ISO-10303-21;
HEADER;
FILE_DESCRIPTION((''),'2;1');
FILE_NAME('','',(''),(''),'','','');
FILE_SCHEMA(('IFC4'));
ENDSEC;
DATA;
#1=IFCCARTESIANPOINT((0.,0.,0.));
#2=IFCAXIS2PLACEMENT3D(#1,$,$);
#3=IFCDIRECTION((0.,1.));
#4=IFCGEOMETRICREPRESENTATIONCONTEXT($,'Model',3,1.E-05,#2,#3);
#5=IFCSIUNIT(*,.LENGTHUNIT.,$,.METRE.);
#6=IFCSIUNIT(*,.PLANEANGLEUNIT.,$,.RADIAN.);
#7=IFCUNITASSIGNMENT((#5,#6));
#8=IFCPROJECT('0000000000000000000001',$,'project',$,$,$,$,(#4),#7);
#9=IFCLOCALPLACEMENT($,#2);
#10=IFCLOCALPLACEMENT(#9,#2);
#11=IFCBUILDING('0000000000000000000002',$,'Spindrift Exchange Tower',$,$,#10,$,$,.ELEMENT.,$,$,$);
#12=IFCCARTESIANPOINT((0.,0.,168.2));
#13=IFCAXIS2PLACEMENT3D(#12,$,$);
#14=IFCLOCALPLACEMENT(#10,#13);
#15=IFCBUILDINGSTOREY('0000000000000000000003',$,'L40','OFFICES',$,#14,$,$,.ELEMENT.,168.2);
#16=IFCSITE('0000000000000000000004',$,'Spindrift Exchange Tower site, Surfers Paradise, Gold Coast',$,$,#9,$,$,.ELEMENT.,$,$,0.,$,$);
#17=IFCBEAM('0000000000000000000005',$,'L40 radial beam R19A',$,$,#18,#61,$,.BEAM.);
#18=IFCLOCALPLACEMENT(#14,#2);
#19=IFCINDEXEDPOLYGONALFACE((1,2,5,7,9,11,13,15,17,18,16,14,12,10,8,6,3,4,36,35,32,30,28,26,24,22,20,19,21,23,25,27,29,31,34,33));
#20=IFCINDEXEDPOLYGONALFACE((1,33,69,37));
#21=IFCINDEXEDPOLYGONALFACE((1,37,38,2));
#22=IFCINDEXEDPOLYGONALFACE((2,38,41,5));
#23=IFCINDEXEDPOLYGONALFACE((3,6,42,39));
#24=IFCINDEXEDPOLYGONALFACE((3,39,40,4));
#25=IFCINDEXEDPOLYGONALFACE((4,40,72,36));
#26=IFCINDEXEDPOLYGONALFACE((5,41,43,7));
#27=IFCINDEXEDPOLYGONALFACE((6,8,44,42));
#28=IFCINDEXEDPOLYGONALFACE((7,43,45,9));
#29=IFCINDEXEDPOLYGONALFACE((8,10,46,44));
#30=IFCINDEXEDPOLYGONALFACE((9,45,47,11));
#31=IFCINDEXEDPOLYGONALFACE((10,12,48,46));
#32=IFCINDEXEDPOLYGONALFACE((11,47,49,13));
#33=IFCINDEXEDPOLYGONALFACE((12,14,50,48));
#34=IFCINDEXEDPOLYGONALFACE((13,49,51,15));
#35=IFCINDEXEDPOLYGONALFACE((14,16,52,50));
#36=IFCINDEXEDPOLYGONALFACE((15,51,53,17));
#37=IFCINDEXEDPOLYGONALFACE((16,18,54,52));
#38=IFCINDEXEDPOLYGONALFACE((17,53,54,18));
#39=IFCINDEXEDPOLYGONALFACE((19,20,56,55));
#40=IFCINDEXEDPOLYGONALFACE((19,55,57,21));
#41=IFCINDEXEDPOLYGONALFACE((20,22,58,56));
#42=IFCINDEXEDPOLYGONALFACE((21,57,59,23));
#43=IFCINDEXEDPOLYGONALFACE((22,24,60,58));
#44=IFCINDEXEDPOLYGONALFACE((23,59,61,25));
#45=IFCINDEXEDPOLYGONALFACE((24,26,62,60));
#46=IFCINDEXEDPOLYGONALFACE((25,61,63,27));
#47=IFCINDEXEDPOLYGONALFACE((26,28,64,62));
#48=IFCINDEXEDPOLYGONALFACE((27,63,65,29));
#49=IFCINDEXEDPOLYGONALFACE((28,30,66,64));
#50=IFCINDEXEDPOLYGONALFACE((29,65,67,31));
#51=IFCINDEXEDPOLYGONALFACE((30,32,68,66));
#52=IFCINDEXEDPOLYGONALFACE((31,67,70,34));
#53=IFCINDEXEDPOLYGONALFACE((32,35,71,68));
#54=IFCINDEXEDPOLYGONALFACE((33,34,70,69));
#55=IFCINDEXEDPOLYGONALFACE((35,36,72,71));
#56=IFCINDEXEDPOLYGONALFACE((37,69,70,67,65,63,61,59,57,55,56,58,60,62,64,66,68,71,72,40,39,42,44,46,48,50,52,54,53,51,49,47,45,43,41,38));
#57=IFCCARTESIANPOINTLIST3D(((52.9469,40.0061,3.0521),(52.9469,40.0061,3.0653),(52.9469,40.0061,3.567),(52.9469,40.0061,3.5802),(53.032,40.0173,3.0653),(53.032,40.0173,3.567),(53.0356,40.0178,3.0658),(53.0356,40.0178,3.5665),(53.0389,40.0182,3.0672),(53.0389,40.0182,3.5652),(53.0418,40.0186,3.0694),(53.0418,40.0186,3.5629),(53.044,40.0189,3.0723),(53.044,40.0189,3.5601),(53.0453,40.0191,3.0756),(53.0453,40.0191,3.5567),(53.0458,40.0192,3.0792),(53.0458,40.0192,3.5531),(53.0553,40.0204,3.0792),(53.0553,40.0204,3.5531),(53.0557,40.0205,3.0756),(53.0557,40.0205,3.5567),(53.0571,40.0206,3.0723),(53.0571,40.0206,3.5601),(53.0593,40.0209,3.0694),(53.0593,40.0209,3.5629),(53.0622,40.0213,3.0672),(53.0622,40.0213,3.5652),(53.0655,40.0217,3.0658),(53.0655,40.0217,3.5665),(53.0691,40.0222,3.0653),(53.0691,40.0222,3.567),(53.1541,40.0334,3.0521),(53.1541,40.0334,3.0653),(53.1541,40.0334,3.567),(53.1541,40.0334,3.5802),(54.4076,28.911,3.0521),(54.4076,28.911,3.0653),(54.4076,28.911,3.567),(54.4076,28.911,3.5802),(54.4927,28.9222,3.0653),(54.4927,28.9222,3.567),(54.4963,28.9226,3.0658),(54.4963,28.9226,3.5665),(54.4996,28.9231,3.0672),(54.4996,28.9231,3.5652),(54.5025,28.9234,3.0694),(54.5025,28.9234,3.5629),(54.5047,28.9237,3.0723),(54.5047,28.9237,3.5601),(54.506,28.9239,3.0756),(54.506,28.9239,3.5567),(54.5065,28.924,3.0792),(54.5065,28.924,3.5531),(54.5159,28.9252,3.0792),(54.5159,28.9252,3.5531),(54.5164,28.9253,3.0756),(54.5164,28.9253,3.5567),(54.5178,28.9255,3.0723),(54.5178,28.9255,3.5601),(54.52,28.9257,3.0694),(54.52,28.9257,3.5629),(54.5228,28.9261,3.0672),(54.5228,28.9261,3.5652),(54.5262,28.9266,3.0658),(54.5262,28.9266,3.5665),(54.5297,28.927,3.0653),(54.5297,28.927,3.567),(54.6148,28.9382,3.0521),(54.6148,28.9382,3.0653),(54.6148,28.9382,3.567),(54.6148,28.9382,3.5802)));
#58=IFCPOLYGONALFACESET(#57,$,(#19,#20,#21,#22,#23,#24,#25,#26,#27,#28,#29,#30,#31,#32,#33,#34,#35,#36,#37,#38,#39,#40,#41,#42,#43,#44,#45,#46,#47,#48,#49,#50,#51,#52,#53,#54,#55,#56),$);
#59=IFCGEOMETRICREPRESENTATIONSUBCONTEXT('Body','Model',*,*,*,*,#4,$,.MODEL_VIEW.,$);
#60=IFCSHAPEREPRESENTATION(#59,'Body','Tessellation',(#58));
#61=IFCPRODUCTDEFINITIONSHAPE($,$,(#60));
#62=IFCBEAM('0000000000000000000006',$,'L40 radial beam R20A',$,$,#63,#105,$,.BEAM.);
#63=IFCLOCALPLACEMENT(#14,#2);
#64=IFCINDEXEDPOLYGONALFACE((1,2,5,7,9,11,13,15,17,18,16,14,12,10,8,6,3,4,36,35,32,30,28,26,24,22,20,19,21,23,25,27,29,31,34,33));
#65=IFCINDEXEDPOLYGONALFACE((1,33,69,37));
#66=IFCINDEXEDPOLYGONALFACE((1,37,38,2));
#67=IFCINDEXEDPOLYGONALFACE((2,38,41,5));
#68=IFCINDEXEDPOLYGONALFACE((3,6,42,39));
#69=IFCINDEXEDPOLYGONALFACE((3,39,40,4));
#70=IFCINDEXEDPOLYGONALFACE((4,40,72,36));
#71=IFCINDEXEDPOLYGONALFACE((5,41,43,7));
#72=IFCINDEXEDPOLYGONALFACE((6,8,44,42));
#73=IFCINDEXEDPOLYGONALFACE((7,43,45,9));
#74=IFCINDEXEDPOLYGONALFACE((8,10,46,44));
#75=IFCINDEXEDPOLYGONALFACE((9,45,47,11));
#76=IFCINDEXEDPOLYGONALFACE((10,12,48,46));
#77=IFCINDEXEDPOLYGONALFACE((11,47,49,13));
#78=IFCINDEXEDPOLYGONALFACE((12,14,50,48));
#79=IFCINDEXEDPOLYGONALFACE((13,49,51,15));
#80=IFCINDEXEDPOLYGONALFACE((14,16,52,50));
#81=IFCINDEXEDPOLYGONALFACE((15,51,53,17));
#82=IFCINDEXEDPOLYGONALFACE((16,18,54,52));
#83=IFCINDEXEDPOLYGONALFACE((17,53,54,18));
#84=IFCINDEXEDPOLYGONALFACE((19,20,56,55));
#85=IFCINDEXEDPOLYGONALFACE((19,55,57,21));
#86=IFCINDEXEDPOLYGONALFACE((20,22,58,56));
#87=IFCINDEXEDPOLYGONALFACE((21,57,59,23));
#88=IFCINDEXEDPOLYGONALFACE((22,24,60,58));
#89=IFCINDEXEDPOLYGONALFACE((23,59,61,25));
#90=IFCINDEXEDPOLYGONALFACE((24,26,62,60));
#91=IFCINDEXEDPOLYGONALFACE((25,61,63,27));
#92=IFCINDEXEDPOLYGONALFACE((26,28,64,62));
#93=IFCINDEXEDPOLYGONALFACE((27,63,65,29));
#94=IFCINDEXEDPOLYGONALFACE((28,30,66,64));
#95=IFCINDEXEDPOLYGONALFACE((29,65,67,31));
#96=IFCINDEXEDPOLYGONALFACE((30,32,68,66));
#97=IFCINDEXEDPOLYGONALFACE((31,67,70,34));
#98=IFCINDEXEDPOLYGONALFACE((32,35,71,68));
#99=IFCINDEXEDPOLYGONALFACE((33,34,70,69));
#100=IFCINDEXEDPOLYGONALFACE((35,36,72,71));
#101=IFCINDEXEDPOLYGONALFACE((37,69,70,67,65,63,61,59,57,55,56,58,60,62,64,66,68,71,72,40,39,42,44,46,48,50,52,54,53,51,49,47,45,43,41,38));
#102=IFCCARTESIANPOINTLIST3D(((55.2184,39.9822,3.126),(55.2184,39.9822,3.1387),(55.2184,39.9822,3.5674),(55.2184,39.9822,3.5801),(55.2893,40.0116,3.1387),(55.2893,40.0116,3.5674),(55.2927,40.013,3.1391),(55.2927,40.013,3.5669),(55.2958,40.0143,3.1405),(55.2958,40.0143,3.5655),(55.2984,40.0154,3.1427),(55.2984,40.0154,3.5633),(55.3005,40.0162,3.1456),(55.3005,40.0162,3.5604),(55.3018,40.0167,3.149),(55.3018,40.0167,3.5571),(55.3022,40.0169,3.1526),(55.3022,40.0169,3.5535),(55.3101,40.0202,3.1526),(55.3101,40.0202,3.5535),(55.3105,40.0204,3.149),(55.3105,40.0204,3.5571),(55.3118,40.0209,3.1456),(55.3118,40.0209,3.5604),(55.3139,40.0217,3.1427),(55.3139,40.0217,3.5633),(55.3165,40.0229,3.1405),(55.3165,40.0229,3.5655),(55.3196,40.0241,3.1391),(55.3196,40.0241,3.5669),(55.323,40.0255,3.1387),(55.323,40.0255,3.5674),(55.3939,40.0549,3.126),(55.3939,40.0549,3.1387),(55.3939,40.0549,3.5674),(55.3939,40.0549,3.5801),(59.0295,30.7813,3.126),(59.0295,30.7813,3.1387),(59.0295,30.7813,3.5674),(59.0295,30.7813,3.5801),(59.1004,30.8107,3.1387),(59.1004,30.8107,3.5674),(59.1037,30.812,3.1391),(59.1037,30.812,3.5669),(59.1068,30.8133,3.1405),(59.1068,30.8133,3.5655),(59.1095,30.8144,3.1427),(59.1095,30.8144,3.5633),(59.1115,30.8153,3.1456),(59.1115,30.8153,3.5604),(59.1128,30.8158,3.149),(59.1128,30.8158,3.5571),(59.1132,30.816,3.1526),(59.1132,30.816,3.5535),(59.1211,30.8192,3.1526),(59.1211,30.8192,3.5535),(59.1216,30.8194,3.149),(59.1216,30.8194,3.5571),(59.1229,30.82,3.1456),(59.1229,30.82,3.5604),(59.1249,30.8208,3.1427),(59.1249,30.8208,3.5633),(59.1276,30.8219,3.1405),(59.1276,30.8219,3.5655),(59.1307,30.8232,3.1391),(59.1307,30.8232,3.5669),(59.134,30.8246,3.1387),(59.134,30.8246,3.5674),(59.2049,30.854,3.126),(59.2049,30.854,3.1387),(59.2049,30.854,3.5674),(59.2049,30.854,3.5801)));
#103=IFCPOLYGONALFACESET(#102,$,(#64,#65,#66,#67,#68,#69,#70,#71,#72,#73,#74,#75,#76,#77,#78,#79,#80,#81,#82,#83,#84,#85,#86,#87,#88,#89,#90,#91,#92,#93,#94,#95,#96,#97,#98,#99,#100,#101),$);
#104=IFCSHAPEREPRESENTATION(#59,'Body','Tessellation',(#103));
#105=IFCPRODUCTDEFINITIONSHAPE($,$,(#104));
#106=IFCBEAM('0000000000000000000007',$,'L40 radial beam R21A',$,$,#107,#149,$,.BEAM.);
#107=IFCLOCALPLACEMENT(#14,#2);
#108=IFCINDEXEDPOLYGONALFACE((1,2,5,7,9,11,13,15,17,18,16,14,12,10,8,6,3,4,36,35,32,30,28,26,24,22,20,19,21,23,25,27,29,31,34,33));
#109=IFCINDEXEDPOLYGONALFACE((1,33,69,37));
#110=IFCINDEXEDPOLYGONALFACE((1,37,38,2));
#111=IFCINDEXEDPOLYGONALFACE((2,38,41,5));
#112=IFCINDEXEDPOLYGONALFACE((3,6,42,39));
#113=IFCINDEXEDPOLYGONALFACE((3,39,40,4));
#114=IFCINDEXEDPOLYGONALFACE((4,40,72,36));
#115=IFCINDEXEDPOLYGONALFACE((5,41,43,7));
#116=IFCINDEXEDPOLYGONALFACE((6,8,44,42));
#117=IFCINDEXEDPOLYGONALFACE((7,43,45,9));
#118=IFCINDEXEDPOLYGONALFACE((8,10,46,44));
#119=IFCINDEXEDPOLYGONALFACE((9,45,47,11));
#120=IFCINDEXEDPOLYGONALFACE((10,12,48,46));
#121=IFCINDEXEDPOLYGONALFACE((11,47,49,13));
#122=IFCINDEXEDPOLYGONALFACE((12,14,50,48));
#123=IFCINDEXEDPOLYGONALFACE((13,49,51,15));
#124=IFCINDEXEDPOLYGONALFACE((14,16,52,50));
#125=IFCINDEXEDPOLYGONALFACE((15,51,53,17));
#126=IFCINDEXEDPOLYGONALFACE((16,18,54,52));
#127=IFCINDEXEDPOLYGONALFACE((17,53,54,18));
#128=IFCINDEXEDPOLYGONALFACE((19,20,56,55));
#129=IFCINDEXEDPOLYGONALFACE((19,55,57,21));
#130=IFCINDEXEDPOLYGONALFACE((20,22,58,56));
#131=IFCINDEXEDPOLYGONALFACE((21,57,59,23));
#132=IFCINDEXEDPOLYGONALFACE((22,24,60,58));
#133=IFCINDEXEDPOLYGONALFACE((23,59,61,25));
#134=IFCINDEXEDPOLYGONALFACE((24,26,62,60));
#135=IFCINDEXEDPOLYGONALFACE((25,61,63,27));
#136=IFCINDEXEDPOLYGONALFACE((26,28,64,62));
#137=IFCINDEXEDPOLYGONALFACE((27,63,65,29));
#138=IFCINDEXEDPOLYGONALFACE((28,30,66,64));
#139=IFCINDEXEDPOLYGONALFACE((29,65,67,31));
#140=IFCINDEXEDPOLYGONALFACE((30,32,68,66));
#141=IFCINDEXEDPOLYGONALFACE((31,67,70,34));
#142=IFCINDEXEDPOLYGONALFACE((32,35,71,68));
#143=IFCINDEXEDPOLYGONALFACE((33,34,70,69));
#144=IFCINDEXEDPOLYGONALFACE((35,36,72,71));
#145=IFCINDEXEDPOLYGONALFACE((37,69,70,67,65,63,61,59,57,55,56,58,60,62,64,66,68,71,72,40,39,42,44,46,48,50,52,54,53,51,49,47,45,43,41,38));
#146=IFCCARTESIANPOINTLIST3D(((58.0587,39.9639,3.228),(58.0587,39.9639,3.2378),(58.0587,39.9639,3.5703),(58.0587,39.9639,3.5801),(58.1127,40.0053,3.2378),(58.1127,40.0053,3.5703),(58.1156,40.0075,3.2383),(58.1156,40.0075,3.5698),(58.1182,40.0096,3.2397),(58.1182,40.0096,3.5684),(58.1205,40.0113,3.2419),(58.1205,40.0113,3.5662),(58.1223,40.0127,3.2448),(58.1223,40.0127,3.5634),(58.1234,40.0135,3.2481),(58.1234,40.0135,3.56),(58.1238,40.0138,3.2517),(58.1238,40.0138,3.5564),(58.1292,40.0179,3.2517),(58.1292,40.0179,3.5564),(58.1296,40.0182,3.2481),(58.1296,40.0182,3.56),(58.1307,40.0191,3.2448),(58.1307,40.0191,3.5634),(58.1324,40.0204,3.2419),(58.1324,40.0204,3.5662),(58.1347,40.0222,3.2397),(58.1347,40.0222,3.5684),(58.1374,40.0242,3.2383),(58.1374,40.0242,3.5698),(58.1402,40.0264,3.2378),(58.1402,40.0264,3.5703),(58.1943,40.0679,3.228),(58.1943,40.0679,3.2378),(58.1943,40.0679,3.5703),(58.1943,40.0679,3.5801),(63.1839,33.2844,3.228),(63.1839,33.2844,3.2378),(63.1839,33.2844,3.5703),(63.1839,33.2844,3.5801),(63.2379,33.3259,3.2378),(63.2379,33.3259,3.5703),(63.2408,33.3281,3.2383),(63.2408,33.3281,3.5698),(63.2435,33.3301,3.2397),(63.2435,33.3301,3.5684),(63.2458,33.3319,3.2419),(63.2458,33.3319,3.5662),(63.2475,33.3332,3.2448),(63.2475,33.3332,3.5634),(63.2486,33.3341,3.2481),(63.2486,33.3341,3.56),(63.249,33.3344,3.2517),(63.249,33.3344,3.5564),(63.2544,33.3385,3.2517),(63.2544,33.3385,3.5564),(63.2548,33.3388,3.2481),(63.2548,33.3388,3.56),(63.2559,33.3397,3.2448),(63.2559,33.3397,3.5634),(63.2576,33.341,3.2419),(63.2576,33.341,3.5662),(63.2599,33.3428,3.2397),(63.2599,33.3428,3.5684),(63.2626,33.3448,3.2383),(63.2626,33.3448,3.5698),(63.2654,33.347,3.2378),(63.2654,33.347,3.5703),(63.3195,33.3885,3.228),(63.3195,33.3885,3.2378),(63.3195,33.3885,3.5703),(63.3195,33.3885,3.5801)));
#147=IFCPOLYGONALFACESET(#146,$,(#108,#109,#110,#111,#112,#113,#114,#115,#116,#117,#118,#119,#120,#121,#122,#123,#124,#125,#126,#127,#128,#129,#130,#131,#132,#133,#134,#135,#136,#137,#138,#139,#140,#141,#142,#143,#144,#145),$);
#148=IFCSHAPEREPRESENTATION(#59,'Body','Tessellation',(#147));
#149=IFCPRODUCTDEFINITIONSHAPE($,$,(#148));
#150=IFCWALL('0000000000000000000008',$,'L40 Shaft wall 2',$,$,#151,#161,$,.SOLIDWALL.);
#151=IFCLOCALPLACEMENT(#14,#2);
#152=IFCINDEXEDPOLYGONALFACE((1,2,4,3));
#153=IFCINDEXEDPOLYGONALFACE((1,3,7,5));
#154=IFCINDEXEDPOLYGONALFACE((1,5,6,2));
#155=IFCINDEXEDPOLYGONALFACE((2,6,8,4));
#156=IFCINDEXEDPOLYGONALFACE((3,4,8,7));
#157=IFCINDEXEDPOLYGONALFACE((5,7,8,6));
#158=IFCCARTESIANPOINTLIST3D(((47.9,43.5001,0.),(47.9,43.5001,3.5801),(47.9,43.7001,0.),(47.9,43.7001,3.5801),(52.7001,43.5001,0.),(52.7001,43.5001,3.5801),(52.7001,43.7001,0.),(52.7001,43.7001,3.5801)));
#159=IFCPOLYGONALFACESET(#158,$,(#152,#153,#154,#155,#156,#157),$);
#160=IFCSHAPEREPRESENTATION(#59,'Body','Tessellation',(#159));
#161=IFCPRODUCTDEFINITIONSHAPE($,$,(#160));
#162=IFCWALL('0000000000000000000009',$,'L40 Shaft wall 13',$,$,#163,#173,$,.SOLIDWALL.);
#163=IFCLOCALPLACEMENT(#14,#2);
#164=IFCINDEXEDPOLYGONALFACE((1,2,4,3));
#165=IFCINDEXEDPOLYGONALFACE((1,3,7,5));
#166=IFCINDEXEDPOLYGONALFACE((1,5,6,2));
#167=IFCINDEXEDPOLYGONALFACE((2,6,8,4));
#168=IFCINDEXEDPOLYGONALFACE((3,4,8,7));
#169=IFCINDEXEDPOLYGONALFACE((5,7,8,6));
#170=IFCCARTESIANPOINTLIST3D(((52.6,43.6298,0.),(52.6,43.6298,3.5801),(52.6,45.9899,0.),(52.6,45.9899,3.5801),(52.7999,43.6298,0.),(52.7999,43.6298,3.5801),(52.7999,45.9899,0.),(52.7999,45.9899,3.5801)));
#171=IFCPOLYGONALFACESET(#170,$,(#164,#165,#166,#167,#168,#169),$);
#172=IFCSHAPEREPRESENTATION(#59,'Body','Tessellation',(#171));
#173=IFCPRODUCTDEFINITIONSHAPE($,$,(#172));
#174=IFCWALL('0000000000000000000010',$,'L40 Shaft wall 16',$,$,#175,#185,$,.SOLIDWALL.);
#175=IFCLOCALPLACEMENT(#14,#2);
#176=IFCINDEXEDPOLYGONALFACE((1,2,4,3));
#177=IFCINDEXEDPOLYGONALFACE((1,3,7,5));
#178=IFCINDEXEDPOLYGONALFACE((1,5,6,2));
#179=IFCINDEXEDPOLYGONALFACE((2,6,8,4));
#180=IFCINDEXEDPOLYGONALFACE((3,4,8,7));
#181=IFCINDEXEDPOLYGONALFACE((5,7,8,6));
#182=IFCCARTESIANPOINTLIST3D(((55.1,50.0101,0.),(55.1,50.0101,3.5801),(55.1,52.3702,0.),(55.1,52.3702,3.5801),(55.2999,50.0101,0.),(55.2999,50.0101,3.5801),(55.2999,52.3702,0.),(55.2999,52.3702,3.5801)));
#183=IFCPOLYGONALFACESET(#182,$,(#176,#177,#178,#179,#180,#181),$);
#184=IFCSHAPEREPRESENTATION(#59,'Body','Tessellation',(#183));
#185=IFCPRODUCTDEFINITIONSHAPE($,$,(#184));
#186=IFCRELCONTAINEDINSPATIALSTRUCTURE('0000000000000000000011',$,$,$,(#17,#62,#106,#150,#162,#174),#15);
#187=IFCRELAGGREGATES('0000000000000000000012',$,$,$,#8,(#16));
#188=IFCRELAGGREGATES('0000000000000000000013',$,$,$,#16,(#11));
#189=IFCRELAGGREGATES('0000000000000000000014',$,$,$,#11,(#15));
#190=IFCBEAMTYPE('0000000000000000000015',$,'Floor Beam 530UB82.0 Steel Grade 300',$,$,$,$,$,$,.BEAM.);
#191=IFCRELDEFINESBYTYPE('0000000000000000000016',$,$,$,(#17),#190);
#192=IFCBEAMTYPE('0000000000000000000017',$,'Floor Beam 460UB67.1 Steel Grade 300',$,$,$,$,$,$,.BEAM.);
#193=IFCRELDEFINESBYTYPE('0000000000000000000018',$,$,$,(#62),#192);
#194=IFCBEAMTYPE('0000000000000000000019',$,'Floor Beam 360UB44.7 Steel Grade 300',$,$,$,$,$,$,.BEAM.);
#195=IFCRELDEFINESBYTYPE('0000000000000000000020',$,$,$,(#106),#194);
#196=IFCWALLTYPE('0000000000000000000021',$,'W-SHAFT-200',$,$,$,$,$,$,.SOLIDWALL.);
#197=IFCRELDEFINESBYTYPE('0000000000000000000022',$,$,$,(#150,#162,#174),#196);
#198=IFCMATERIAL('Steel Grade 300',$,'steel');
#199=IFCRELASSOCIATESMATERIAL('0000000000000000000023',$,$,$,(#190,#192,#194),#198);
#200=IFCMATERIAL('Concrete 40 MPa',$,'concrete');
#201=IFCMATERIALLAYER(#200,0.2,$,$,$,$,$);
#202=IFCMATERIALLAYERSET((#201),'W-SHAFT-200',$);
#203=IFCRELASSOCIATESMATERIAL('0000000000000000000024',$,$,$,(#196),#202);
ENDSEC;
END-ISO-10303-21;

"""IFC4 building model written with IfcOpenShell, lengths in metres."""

from ifc_helpers import new_model, si_unit, direction, frame, frame_2d, origin, origin_2d, place, context, subcontext, project, spatial, rectangle, i_section, extrude, source, transform, mapped, material, layer, layer_set, material_profile, profile_set, type_object, element, save


model = new_model("IFC4")

# Units and contexts
model_context = context("Model", 3, precision=1e-05, world=origin(), true_north=direction((0.0, 1.0)))
body_context = subcontext(model_context, "Body", "Model", "MODEL_VIEW")
ifc_project = project(units=[si_unit("LENGTHUNIT", "METRE"), si_unit("PLANEANGLEUNIT", "RADIAN")], contexts=[model_context])

# Site, building, storey
site_placement = place(None, origin())
site = spatial("IfcSite", under=ifc_project, at=site_placement, Name="Spindrift Exchange Tower site, Surfers Paradise, Gold Coast", CompositionType="ELEMENT", RefElevation=0.0)
building_placement = place(site_placement, origin())
building = spatial("IfcBuilding", under=site, at=building_placement, Name="Spindrift Exchange Tower", CompositionType="ELEMENT")
storey_placement = place(building_placement, frame((0.0, 0.0, 168.2)))
storey = spatial("IfcBuildingStorey", under=building, at=storey_placement, Name="L40", Description="OFFICES", CompositionType="ELEMENT", Elevation=168.2)

# Beams
ifc_material_1 = material(Name="Steel Grade 300", Category="steel")
ifc_material_profile_1 = material_profile(ifc_material_1, i_section(OverallWidth=0.209, OverallDepth=0.5281, WebThickness=0.0095, FlangeThickness=0.0132, FilletRadius=0.0139, at=origin_2d()), Name="530UB82.0")
ifc_profile_set_1 = profile_set([ifc_material_profile_1], Name="Steel Grade 300")
beam_type_1 = type_object("IfcBeamType", Name="Floor Beam 530UB82.0 Steel Grade 300", PredefinedType="BEAM", material=ifc_profile_set_1)
shared_shape_1 = source(origin(), body_context, "Body", "SweptSolid", [
    extrude(i_section(OverallWidth=0.209, OverallDepth=0.5281, WebThickness=0.0095, FlangeThickness=0.0132, FilletRadius=0.0139, at=origin_2d()), origin(), (0.0, 0.0, 1.0), 11.1909),
])
beam_1_placement = place(storey_placement, frame((53.0505, 40.0198, 3.3162), z_axis=(0.130524, -0.991445, 0.0), x_axis=(0.991445, 0.130524, 0.0)))
element("IfcBeam", 1, at=beam_1_placement, inside=storey, type_object=beam_type_1, Name="L40 radial beam R19A", PredefinedType="BEAM", context=body_context, shape_type="MappedRepresentation", body=[
    mapped(shared_shape_1, transform((0.0, 0.0, 0.0), scale=1.0)),
])
ifc_material_profile_2 = material_profile(ifc_material_1, i_section(OverallWidth=0.1899, OverallDepth=0.4541, WebThickness=0.0085, FlangeThickness=0.0127, FilletRadius=0.0139, at=origin_2d()), Name="460UB67.1")
ifc_profile_set_2 = profile_set([ifc_material_profile_2], Name="Steel Grade 300")
beam_type_2 = type_object("IfcBeamType", Name="Floor Beam 460UB67.1 Steel Grade 300", PredefinedType="BEAM", material=ifc_profile_set_2)
shared_shape_2 = source(origin(), body_context, "Body", "SweptSolid", [
    extrude(i_section(OverallWidth=0.1899, OverallDepth=0.4541, WebThickness=0.0085, FlangeThickness=0.0127, FilletRadius=0.0139, at=origin_2d()), origin(), (0.0, 0.0, 1.0), 9.959),
])
beam_2_placement = place(storey_placement, frame((55.3062, 40.0186, 3.353), z_axis=(0.382674, -0.923884, 0.0), x_axis=(0.923884, 0.382674, 0.0)))
element("IfcBeam", 2, at=beam_2_placement, inside=storey, type_object=beam_type_2, Name="L40 radial beam R20A", PredefinedType="BEAM", context=body_context, shape_type="MappedRepresentation", body=[
    mapped(shared_shape_2, transform((0.0, 0.0, 0.0), scale=1.0)),
])
ifc_material_profile_3 = material_profile(ifc_material_1, i_section(OverallWidth=0.1709, OverallDepth=0.3521, WebThickness=0.0068, FlangeThickness=0.0098, FilletRadius=0.0139, at=origin_2d()), Name="360UB44.7")
ifc_profile_set_3 = profile_set([ifc_material_profile_3], Name="Steel Grade 300")
beam_type_3 = type_object("IfcBeamType", Name="Floor Beam 360UB44.7 Steel Grade 300", PredefinedType="BEAM", material=ifc_profile_set_3)
shared_shape_3 = source(origin(), body_context, "Body", "SweptSolid", [
    extrude(i_section(OverallWidth=0.1709, OverallDepth=0.3521, WebThickness=0.0068, FlangeThickness=0.0098, FilletRadius=0.0139, at=origin_2d()), origin(), (0.0, 0.0, 1.0), 8.4192),
])
beam_3_placement = place(storey_placement, frame((58.1265, 40.0159, 3.4041), z_axis=(0.608756, -0.793358, 0.0), x_axis=(0.793358, 0.608756, 0.0)))
element("IfcBeam", 3, at=beam_3_placement, inside=storey, type_object=beam_type_3, Name="L40 radial beam R21A", PredefinedType="BEAM", context=body_context, shape_type="MappedRepresentation", body=[
    mapped(shared_shape_3, transform((0.0, 0.0, 0.0), scale=1.0)),
])

# Walls
ifc_material_2 = material(Name="Concrete 40 MPa", Category="concrete")
ifc_layer_1 = layer(ifc_material_2, 0.2)
ifc_layer_set_1 = layer_set([ifc_layer_1], Name="W-SHAFT-200")
wall_type_1 = type_object("IfcWallType", Name="W-SHAFT-200", PredefinedType="SOLIDWALL", material=ifc_layer_set_1)
wall_1_placement = place(storey_placement, frame((52.7, 43.6001, 0.0), z_axis=(0.0, 0.0, 1.0), x_axis=(-1.0, 0.0, 0.0)))
element("IfcWall", 4, at=wall_1_placement, inside=storey, type_object=wall_type_1, Name="L40 Shaft wall 2", PredefinedType="SOLIDWALL", context=body_context, shape_type="SweptSolid", body=[
    extrude(rectangle(XDim=4.8, YDim=0.2, at=frame_2d((2.3999, 0.0))), origin(), (0.0, 0.0, 1.0), 3.5801),
])
for number, where, z_axis, x_axis, name in (
    (5, (52.7, 45.99, 0.0), (0.0, 0.0, 1.0), (0.0, -1.0, 0.0), "L40 Shaft wall 13"),
    (6, (55.2, 50.01, 0.0), (0.0, 0.0, 1.0), (0.0, 1.0, 0.0), "L40 Shaft wall 16"),
):
    element("IfcWall", number, at=place(storey_placement, frame(where, z_axis=z_axis, x_axis=x_axis)), inside=storey, type_object=wall_type_1, Name=name, PredefinedType="SOLIDWALL", context=body_context, shape_type="SweptSolid", body=[
        extrude(rectangle(XDim=2.3601, YDim=0.2, at=frame_2d((1.1802, 0.0))), origin(), (0.0, 0.0, 1.0), 3.5801),
    ])

save(model, "model.ifc")
